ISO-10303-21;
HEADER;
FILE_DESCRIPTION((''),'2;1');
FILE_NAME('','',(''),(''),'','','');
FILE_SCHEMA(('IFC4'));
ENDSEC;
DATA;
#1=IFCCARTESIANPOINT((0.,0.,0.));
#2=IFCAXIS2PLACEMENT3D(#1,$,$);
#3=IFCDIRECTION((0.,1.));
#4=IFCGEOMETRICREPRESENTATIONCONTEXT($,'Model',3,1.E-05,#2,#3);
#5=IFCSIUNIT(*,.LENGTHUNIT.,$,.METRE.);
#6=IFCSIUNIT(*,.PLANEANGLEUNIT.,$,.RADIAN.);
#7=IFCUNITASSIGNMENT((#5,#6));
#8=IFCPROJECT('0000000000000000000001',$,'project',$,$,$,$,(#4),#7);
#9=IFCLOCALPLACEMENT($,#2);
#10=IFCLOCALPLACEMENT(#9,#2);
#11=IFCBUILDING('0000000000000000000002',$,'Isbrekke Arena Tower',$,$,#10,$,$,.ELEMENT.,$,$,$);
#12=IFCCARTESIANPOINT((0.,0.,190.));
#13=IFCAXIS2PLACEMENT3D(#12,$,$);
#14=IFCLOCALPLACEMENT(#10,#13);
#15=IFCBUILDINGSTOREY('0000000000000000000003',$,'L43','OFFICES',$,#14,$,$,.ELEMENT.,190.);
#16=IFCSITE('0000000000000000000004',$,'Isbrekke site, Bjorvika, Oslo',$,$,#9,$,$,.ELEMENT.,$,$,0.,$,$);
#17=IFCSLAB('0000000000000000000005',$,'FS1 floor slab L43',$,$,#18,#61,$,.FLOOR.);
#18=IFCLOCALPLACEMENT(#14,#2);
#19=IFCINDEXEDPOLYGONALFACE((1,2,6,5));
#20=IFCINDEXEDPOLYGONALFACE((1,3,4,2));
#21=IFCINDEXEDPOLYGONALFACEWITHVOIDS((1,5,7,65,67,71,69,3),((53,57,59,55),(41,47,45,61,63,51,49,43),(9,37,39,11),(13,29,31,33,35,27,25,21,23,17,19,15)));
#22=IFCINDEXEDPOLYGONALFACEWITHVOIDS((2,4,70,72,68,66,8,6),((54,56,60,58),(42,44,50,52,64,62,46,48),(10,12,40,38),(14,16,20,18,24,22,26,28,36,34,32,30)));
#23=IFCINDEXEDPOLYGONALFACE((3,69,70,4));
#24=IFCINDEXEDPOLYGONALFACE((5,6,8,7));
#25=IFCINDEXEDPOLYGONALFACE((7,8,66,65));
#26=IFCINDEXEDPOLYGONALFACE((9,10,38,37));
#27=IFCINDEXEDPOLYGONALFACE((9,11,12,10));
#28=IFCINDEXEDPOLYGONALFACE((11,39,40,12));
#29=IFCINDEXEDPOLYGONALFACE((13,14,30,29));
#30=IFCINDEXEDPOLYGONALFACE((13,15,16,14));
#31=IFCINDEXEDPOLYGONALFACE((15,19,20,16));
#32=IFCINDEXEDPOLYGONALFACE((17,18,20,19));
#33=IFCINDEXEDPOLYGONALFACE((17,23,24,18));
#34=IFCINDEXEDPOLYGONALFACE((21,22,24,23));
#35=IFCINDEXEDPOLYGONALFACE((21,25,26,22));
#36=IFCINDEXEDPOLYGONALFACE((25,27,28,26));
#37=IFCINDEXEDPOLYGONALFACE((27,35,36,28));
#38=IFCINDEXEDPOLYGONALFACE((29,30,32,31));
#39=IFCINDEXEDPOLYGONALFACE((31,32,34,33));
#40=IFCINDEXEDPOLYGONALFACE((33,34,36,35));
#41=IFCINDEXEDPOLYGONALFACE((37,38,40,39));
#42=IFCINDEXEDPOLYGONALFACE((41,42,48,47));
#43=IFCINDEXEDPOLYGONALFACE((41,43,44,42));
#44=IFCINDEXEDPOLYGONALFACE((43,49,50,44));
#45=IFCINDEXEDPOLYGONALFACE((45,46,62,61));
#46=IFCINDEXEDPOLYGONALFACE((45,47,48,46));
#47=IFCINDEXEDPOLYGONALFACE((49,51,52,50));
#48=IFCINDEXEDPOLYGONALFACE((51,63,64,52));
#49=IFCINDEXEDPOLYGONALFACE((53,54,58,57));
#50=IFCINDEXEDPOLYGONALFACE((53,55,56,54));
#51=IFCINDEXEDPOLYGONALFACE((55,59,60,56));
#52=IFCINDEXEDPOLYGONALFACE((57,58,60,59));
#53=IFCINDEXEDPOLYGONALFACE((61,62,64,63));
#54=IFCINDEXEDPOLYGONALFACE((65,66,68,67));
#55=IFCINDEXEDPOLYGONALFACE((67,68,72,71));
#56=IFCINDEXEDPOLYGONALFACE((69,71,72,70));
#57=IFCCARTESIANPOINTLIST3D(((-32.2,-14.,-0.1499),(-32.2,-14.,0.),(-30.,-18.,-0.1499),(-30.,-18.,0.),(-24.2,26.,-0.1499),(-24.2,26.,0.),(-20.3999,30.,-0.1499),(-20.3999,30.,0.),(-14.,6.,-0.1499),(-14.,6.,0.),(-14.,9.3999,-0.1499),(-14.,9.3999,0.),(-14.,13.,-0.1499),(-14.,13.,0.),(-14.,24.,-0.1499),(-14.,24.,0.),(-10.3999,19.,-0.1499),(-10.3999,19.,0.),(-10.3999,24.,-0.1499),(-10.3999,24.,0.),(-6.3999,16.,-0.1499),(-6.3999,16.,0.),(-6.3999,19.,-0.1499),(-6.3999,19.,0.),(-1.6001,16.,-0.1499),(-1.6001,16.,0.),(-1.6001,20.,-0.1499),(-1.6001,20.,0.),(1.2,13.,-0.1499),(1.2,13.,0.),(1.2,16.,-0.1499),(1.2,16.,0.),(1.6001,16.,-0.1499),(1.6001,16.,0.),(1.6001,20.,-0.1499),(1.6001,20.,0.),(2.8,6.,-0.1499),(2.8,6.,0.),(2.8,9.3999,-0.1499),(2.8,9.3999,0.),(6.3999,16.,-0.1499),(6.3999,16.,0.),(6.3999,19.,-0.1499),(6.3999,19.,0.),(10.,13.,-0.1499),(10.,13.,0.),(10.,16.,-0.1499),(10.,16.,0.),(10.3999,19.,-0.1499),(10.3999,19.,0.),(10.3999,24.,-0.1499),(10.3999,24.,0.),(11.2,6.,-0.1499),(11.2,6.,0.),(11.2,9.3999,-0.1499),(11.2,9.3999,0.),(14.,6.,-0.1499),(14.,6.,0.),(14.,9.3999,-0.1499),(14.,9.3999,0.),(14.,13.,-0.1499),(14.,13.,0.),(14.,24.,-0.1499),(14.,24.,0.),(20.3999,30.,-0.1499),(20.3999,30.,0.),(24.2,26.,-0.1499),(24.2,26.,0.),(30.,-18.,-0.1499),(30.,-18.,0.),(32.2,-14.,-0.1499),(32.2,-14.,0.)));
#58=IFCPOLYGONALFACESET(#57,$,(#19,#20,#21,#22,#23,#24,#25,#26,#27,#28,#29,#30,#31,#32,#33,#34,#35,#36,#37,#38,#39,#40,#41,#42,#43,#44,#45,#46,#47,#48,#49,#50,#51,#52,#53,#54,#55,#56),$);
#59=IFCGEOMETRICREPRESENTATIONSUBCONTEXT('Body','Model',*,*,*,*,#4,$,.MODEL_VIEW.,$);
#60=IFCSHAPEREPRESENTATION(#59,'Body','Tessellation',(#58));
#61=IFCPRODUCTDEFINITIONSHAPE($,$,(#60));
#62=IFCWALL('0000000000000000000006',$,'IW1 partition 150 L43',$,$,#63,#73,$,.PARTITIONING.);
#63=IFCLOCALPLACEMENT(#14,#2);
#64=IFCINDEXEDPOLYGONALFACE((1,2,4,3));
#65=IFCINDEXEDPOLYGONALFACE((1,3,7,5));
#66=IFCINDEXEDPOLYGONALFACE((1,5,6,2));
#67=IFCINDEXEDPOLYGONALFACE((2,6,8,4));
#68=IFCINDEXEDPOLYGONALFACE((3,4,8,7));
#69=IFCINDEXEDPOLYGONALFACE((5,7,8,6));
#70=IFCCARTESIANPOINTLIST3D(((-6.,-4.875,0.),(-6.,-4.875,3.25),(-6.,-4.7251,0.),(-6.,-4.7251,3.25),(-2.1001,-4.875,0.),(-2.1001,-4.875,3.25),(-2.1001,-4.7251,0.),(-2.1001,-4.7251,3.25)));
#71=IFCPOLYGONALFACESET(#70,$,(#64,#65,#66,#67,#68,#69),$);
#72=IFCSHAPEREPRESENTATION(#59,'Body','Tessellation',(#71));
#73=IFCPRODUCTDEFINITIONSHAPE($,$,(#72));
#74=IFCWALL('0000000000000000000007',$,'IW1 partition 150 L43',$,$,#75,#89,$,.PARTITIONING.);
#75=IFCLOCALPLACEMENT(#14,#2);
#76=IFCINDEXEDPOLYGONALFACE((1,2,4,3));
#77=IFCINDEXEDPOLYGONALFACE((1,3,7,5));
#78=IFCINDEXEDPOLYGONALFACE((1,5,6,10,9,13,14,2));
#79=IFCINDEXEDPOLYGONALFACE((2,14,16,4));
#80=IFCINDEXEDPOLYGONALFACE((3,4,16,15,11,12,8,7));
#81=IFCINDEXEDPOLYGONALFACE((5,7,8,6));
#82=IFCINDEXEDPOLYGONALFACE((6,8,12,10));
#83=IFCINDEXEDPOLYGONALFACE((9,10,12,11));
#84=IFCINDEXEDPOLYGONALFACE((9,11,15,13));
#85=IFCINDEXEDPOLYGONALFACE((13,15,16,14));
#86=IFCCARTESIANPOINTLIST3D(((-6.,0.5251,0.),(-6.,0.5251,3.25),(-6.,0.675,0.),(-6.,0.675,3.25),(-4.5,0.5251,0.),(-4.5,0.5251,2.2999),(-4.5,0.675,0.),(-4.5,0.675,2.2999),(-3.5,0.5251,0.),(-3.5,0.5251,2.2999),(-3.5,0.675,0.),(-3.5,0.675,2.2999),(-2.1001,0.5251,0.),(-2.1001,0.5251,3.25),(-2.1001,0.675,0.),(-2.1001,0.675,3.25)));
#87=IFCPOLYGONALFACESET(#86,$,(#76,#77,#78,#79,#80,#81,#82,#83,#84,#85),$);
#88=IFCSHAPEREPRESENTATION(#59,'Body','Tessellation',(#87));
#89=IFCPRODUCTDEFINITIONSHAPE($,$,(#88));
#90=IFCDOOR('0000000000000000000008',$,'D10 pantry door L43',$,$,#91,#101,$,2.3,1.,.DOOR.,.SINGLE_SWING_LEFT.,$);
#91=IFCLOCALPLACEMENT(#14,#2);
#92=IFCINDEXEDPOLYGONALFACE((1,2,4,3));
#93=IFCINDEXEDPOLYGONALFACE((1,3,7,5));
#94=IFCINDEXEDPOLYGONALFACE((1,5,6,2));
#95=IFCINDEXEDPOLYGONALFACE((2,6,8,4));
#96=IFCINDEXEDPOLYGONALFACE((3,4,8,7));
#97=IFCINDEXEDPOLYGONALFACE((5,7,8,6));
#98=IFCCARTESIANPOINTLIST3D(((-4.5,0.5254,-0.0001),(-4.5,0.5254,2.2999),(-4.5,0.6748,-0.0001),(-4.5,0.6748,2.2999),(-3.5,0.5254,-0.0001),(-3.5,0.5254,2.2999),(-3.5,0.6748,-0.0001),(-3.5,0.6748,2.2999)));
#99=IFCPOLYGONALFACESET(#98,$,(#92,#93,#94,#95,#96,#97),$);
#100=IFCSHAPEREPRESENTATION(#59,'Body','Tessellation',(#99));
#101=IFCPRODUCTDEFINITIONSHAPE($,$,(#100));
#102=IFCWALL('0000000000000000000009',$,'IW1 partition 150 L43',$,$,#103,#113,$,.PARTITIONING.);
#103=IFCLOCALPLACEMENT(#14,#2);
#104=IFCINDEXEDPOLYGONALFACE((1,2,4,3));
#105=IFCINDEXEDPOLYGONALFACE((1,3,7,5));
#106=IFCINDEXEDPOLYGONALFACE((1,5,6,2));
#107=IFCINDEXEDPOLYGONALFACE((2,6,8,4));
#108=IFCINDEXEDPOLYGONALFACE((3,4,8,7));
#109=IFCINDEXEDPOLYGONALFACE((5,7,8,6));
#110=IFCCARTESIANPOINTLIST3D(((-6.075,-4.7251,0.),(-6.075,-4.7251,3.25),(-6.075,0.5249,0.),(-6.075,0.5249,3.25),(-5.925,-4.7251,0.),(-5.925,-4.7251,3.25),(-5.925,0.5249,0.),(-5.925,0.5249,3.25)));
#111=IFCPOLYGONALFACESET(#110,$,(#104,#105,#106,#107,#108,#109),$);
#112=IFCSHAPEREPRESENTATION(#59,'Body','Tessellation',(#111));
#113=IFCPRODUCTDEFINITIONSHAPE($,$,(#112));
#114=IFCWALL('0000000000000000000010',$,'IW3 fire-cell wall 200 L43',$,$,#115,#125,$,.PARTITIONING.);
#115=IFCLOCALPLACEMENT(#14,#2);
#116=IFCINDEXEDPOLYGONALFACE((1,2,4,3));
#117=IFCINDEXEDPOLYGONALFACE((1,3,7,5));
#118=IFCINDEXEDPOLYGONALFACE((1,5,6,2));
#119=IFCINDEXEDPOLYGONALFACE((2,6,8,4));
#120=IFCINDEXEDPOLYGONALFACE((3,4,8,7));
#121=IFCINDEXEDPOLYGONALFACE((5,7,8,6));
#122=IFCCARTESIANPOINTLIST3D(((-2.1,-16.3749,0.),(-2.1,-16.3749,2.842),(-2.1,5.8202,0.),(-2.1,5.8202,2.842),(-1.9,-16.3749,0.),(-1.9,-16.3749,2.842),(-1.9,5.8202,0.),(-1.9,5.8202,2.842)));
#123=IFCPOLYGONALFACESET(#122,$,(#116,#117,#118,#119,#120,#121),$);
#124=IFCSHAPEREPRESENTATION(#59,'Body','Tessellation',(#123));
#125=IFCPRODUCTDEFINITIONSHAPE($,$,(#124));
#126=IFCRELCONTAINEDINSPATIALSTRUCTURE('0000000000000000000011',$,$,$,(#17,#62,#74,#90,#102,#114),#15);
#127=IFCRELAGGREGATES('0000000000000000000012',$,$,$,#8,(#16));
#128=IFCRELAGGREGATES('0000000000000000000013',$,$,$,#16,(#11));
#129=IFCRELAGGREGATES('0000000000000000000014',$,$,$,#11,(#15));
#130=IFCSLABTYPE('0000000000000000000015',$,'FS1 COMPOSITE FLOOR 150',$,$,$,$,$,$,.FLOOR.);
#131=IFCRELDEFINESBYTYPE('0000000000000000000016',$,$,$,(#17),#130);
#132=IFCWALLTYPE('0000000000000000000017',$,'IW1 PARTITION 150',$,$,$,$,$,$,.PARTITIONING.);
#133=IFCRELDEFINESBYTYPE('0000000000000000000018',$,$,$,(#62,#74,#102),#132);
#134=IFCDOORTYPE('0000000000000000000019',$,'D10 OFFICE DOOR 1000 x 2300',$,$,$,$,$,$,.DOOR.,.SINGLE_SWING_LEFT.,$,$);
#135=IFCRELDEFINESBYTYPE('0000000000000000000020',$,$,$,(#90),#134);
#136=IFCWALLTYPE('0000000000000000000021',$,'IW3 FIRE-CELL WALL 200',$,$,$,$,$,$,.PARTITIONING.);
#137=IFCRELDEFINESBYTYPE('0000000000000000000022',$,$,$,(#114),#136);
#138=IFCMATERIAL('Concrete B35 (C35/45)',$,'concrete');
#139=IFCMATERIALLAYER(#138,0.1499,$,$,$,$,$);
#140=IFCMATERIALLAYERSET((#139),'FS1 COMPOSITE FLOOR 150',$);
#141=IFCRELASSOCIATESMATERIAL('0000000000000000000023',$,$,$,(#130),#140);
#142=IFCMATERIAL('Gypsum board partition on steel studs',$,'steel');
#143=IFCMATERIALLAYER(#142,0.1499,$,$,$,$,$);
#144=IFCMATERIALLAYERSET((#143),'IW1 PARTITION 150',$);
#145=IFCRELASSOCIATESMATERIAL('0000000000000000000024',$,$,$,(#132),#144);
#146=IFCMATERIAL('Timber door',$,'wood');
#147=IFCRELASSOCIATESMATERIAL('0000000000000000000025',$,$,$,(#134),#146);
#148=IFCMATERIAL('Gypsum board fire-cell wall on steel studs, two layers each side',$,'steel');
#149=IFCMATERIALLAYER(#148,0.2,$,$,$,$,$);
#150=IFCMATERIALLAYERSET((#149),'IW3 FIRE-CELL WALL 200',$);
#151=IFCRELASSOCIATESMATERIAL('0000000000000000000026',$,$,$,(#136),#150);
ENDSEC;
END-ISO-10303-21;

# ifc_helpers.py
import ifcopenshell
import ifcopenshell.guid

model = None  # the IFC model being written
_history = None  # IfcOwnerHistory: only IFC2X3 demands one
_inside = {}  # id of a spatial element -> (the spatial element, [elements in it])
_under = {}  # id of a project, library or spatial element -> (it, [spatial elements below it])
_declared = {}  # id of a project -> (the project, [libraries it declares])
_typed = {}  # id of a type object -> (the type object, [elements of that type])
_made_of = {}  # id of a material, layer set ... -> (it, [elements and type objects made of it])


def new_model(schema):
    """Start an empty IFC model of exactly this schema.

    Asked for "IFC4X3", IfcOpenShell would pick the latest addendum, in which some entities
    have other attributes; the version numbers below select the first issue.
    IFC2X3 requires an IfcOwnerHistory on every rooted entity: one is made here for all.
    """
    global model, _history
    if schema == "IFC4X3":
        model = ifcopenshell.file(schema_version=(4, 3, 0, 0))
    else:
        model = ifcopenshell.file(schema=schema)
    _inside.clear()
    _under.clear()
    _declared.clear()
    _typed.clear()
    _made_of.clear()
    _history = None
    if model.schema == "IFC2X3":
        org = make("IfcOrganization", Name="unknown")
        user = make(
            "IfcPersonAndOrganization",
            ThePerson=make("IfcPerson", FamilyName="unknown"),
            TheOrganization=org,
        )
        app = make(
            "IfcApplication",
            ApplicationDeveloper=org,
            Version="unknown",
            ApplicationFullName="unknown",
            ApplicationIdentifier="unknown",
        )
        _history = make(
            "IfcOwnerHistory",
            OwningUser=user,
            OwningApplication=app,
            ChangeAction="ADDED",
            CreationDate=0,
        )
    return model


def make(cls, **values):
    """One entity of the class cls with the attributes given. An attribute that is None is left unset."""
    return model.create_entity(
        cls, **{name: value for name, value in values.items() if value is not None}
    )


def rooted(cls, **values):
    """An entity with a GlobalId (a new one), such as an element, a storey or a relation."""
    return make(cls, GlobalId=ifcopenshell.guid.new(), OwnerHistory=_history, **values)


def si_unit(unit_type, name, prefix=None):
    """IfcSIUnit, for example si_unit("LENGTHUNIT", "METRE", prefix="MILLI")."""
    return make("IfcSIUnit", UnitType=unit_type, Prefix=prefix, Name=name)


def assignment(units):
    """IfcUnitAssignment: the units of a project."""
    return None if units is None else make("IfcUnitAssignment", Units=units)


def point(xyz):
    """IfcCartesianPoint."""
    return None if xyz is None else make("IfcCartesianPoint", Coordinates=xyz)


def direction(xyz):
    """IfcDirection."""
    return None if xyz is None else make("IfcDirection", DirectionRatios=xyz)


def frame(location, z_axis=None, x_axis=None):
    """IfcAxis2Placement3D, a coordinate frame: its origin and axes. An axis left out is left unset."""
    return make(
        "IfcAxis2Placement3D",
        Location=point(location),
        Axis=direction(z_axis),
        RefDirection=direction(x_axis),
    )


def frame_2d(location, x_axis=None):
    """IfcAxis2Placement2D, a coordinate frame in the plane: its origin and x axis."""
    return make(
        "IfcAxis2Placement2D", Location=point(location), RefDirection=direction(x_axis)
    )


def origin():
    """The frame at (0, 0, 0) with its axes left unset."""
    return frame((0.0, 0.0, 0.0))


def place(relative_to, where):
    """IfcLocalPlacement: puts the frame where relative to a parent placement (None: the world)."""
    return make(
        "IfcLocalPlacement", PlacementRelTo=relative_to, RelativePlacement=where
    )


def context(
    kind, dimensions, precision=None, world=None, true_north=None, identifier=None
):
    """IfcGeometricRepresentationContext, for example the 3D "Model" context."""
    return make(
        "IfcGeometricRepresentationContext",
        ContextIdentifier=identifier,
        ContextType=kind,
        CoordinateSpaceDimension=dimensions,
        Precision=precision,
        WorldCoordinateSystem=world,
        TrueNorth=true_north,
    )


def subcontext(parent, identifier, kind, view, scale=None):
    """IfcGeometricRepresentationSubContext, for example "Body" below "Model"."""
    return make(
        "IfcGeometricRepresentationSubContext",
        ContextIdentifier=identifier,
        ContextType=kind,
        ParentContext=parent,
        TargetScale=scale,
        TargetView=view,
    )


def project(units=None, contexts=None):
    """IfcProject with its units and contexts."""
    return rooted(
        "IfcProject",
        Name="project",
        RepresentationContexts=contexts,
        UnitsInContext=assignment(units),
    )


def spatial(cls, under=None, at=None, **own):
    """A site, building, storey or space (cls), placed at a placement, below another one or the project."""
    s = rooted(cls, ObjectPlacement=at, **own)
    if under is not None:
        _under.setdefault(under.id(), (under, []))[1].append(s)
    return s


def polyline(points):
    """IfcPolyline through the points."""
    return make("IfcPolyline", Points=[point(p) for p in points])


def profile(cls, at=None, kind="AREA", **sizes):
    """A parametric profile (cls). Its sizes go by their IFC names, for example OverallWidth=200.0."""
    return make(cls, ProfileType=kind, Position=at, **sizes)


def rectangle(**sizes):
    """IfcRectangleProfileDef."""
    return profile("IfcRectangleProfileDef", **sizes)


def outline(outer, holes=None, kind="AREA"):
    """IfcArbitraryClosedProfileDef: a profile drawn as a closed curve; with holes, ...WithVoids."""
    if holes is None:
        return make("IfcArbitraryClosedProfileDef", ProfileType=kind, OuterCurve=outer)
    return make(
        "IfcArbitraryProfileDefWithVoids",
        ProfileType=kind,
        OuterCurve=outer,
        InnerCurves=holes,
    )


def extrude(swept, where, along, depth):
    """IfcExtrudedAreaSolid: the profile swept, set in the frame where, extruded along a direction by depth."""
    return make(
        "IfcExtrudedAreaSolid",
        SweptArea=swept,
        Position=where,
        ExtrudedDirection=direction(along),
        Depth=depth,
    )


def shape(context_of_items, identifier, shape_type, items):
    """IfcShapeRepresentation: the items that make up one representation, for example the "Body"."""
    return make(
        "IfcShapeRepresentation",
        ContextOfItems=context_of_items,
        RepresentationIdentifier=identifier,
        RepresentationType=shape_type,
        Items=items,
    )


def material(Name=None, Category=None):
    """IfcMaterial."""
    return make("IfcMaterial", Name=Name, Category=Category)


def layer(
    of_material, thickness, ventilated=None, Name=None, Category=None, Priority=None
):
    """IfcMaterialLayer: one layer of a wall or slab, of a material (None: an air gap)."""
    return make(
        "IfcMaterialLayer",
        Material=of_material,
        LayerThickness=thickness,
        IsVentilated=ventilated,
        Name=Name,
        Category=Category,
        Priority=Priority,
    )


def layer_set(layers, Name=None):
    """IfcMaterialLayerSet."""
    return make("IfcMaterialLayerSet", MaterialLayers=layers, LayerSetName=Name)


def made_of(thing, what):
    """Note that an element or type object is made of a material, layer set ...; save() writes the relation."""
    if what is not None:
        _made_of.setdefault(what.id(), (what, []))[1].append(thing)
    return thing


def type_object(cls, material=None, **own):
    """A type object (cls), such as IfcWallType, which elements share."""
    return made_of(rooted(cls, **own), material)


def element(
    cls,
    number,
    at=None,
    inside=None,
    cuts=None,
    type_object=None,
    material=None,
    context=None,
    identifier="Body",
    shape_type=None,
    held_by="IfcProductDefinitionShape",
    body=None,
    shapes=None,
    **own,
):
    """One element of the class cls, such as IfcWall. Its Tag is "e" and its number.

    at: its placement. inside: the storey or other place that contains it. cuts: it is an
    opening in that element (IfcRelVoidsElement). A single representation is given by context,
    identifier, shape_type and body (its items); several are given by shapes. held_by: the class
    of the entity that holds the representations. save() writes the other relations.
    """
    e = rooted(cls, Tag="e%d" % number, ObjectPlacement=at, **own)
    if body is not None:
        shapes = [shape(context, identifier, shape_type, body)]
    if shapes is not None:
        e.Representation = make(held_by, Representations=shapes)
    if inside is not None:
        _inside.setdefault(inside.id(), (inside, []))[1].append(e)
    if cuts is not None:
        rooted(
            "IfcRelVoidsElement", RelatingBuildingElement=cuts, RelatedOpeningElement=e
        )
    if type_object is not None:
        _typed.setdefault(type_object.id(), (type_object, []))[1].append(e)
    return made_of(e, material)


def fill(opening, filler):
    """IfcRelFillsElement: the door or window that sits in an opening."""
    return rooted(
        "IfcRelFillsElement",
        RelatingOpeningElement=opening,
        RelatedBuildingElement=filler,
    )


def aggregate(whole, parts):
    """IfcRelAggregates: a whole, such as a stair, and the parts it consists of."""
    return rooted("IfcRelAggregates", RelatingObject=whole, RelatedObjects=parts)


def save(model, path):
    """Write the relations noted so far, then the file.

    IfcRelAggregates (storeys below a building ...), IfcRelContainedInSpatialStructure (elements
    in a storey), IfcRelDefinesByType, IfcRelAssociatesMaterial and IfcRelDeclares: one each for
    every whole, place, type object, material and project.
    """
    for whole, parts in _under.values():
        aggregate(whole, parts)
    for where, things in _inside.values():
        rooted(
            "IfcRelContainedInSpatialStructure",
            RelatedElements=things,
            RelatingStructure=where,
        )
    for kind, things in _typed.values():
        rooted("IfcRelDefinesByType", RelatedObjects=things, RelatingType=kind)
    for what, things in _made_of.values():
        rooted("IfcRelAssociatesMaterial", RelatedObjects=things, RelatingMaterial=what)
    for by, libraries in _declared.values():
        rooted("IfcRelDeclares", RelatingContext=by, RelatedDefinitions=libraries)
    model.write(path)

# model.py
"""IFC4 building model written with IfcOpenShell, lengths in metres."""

from ifc_helpers import new_model, si_unit, direction, frame, frame_2d, origin, place, context, subcontext, project, spatial, polyline, rectangle, outline, extrude, material, layer, layer_set, type_object, element, fill, save


model = new_model("IFC4")

# Units and contexts
model_context = context("Model", 3, precision=1e-05, world=origin(), true_north=direction((0.0, 1.0)))
body_context = subcontext(model_context, "Body", "Model", "MODEL_VIEW")
ifc_project = project(units=[si_unit("LENGTHUNIT", "METRE"), si_unit("PLANEANGLEUNIT", "RADIAN")], contexts=[model_context])

# Site, building, storey
site_placement = place(None, origin())
site = spatial("IfcSite", under=ifc_project, at=site_placement, Name="Isbrekke site, Bjorvika, Oslo", CompositionType="ELEMENT", RefElevation=0.0)
building_placement = place(site_placement, origin())
building = spatial("IfcBuilding", under=site, at=building_placement, Name="Isbrekke Arena Tower", CompositionType="ELEMENT")
storey_placement = place(building_placement, frame((0.0, 0.0, 190.0)))
storey = spatial("IfcBuildingStorey", under=building, at=storey_placement, Name="L43", Description="OFFICES", CompositionType="ELEMENT", Elevation=190.0)

# Slab
ifc_material_1 = material(Name="Concrete B35 (C35/45)", Category="concrete")
ifc_layer_1 = layer(ifc_material_1, 0.1499)
ifc_layer_set_1 = layer_set([ifc_layer_1], Name="FS1 COMPOSITE FLOOR 150")
slab_type = type_object("IfcSlabType", Name="FS1 COMPOSITE FLOOR 150", PredefinedType="FLOOR", material=ifc_layer_set_1)
slab_placement = place(storey_placement, frame((0.0, 0.0, -0.1499)))
element("IfcSlab", 1, at=slab_placement, inside=storey, type_object=slab_type, Name="FS1 floor slab L43", PredefinedType="FLOOR", context=body_context, shape_type="SweptSolid", body=[
    extrude(outline(polyline([(-30.0, -18.0), (30.0, -18.0), (32.2, -14.0), (24.2, 26.0), (20.3999, 30.0), (-20.3999, 30.0), (-24.2, 26.0), (-32.2, -14.0), (-30.0, -18.0)]), holes=[polyline([(2.8, 9.3999), (2.8, 6.0), (-14.0, 6.0), (-14.0, 9.3999), (2.8, 9.3999)]), polyline([(11.2, 6.0), (11.2, 9.3999), (14.0, 9.3999), (14.0, 6.0), (11.2, 6.0)]), polyline([(-14.0, 13.0), (-14.0, 24.0), (-10.3999, 24.0), (-10.3999, 19.0), (-6.3999, 19.0), (-6.3999, 16.0), (-1.6001, 16.0), (-1.6001, 20.0), (1.6001, 20.0), (1.6001, 16.0), (1.2, 16.0), (1.2, 13.0), (-14.0, 13.0)]), polyline([(10.0, 13.0), (10.0, 16.0), (6.3999, 16.0), (6.3999, 19.0), (10.3999, 19.0), (10.3999, 24.0), (14.0, 24.0), (14.0, 13.0), (10.0, 13.0)])]), origin(), (0.0, 0.0, 1.0), 0.1499),
])

# Wall
ifc_material_2 = material(Name="Gypsum board partition on steel studs", Category="steel")
ifc_layer_2 = layer(ifc_material_2, 0.1499)
ifc_layer_set_2 = layer_set([ifc_layer_2], Name="IW1 PARTITION 150")
wall_type_1 = type_object("IfcWallType", Name="IW1 PARTITION 150", PredefinedType="PARTITIONING", material=ifc_layer_set_2)
wall_1_placement = place(storey_placement, frame((-6.0, -4.8, 0.0), z_axis=(0.0, 0.0, 1.0), x_axis=(1.0, 0.0, 0.0)))
element("IfcWall", 2, at=wall_1_placement, inside=storey, type_object=wall_type_1, Name="IW1 partition 150 L43", PredefinedType="PARTITIONING", context=body_context, shape_type="SweptSolid", body=[
    extrude(rectangle(XDim=3.8999, YDim=0.1499, at=frame_2d((1.95, 0.0))), origin(), (0.0, 0.0, 1.0), 3.25),
])

# Wall, opening, door
wall_2_placement = place(storey_placement, frame((-6.0, 0.6001, 0.0), z_axis=(0.0, 0.0, 1.0), x_axis=(1.0, 0.0, 0.0)))
wall_2 = element("IfcWall", 3, at=wall_2_placement, inside=storey, type_object=wall_type_1, Name="IW1 partition 150 L43", PredefinedType="PARTITIONING", context=body_context, shape_type="SweptSolid", body=[
    extrude(rectangle(XDim=3.8999, YDim=0.1499, at=frame_2d((1.95, 0.0))), origin(), (0.0, 0.0, 1.0), 3.25),
])
opening_placement = place(wall_2_placement, frame((1.5, 0.0, 0.0)))
opening = element("IfcOpeningElement", 4, at=opening_placement, cuts=wall_2, PredefinedType="OPENING", context=body_context, shape_type="SweptSolid", body=[
    extrude(rectangle(XDim=1.0, YDim=2.3, at=frame_2d((0.5, 1.1499))), frame((0.0, 0.0898, 0.0), z_axis=(0.0, -1.0, 0.0), x_axis=(1.0, 0.0, 0.0)), (0.0, 0.0, 1.0), 0.1797),
])
ifc_material_3 = material(Name="Timber door", Category="wood")
door_type = type_object("IfcDoorType", Name="D10 OFFICE DOOR 1000 x 2300", OperationType="SINGLE_SWING_LEFT", PredefinedType="DOOR", material=ifc_material_3)
door_placement = place(opening_placement, origin())
door = element("IfcDoor", 5, at=door_placement, inside=storey, type_object=door_type, Name="D10 pantry door L43", OperationType="SINGLE_SWING_LEFT", OverallHeight=2.3, OverallWidth=1.0, PredefinedType="DOOR", context=body_context, shape_type="SweptSolid", body=[
    extrude(rectangle(XDim=1.0, YDim=2.3, at=frame_2d((0.5, 1.1499))), frame((0.0, 0.0747, 0.0), z_axis=(0.0, -1.0, 0.0), x_axis=(1.0, 0.0, 0.0)), (0.0, 0.0, 1.0), 0.1494),
])
fill(opening, door)

# Walls
wall_3_placement = place(storey_placement, frame((-6.0, -4.7251, 0.0), z_axis=(0.0, 0.0, 1.0), x_axis=(0.0, 1.0, 0.0)))
element("IfcWall", 6, at=wall_3_placement, inside=storey, type_object=wall_type_1, Name="IW1 partition 150 L43", PredefinedType="PARTITIONING", context=body_context, shape_type="SweptSolid", body=[
    extrude(rectangle(XDim=5.25, YDim=0.1499, at=frame_2d((2.625, 0.0))), origin(), (0.0, 0.0, 1.0), 3.25),
])
ifc_material_4 = material(Name="Gypsum board fire-cell wall on steel studs, two layers each side", Category="steel")
ifc_layer_3 = layer(ifc_material_4, 0.2)
ifc_layer_set_3 = layer_set([ifc_layer_3], Name="IW3 FIRE-CELL WALL 200")
wall_type_2 = type_object("IfcWallType", Name="IW3 FIRE-CELL WALL 200", PredefinedType="PARTITIONING", material=ifc_layer_set_3)
wall_4_placement = place(storey_placement, frame((-2.0, -16.375, 0.0), z_axis=(0.0, 0.0, 1.0), x_axis=(0.0, 1.0, 0.0)))
element("IfcWall", 7, at=wall_4_placement, inside=storey, type_object=wall_type_2, Name="IW3 fire-cell wall 200 L43", PredefinedType="PARTITIONING", context=body_context, shape_type="SweptSolid", body=[
    extrude(rectangle(XDim=22.1951, YDim=0.2, at=frame_2d((11.0977, 0.0))), origin(), (0.0, 0.0, 1.0), 2.842),
])

save(model, "model.ifc")
